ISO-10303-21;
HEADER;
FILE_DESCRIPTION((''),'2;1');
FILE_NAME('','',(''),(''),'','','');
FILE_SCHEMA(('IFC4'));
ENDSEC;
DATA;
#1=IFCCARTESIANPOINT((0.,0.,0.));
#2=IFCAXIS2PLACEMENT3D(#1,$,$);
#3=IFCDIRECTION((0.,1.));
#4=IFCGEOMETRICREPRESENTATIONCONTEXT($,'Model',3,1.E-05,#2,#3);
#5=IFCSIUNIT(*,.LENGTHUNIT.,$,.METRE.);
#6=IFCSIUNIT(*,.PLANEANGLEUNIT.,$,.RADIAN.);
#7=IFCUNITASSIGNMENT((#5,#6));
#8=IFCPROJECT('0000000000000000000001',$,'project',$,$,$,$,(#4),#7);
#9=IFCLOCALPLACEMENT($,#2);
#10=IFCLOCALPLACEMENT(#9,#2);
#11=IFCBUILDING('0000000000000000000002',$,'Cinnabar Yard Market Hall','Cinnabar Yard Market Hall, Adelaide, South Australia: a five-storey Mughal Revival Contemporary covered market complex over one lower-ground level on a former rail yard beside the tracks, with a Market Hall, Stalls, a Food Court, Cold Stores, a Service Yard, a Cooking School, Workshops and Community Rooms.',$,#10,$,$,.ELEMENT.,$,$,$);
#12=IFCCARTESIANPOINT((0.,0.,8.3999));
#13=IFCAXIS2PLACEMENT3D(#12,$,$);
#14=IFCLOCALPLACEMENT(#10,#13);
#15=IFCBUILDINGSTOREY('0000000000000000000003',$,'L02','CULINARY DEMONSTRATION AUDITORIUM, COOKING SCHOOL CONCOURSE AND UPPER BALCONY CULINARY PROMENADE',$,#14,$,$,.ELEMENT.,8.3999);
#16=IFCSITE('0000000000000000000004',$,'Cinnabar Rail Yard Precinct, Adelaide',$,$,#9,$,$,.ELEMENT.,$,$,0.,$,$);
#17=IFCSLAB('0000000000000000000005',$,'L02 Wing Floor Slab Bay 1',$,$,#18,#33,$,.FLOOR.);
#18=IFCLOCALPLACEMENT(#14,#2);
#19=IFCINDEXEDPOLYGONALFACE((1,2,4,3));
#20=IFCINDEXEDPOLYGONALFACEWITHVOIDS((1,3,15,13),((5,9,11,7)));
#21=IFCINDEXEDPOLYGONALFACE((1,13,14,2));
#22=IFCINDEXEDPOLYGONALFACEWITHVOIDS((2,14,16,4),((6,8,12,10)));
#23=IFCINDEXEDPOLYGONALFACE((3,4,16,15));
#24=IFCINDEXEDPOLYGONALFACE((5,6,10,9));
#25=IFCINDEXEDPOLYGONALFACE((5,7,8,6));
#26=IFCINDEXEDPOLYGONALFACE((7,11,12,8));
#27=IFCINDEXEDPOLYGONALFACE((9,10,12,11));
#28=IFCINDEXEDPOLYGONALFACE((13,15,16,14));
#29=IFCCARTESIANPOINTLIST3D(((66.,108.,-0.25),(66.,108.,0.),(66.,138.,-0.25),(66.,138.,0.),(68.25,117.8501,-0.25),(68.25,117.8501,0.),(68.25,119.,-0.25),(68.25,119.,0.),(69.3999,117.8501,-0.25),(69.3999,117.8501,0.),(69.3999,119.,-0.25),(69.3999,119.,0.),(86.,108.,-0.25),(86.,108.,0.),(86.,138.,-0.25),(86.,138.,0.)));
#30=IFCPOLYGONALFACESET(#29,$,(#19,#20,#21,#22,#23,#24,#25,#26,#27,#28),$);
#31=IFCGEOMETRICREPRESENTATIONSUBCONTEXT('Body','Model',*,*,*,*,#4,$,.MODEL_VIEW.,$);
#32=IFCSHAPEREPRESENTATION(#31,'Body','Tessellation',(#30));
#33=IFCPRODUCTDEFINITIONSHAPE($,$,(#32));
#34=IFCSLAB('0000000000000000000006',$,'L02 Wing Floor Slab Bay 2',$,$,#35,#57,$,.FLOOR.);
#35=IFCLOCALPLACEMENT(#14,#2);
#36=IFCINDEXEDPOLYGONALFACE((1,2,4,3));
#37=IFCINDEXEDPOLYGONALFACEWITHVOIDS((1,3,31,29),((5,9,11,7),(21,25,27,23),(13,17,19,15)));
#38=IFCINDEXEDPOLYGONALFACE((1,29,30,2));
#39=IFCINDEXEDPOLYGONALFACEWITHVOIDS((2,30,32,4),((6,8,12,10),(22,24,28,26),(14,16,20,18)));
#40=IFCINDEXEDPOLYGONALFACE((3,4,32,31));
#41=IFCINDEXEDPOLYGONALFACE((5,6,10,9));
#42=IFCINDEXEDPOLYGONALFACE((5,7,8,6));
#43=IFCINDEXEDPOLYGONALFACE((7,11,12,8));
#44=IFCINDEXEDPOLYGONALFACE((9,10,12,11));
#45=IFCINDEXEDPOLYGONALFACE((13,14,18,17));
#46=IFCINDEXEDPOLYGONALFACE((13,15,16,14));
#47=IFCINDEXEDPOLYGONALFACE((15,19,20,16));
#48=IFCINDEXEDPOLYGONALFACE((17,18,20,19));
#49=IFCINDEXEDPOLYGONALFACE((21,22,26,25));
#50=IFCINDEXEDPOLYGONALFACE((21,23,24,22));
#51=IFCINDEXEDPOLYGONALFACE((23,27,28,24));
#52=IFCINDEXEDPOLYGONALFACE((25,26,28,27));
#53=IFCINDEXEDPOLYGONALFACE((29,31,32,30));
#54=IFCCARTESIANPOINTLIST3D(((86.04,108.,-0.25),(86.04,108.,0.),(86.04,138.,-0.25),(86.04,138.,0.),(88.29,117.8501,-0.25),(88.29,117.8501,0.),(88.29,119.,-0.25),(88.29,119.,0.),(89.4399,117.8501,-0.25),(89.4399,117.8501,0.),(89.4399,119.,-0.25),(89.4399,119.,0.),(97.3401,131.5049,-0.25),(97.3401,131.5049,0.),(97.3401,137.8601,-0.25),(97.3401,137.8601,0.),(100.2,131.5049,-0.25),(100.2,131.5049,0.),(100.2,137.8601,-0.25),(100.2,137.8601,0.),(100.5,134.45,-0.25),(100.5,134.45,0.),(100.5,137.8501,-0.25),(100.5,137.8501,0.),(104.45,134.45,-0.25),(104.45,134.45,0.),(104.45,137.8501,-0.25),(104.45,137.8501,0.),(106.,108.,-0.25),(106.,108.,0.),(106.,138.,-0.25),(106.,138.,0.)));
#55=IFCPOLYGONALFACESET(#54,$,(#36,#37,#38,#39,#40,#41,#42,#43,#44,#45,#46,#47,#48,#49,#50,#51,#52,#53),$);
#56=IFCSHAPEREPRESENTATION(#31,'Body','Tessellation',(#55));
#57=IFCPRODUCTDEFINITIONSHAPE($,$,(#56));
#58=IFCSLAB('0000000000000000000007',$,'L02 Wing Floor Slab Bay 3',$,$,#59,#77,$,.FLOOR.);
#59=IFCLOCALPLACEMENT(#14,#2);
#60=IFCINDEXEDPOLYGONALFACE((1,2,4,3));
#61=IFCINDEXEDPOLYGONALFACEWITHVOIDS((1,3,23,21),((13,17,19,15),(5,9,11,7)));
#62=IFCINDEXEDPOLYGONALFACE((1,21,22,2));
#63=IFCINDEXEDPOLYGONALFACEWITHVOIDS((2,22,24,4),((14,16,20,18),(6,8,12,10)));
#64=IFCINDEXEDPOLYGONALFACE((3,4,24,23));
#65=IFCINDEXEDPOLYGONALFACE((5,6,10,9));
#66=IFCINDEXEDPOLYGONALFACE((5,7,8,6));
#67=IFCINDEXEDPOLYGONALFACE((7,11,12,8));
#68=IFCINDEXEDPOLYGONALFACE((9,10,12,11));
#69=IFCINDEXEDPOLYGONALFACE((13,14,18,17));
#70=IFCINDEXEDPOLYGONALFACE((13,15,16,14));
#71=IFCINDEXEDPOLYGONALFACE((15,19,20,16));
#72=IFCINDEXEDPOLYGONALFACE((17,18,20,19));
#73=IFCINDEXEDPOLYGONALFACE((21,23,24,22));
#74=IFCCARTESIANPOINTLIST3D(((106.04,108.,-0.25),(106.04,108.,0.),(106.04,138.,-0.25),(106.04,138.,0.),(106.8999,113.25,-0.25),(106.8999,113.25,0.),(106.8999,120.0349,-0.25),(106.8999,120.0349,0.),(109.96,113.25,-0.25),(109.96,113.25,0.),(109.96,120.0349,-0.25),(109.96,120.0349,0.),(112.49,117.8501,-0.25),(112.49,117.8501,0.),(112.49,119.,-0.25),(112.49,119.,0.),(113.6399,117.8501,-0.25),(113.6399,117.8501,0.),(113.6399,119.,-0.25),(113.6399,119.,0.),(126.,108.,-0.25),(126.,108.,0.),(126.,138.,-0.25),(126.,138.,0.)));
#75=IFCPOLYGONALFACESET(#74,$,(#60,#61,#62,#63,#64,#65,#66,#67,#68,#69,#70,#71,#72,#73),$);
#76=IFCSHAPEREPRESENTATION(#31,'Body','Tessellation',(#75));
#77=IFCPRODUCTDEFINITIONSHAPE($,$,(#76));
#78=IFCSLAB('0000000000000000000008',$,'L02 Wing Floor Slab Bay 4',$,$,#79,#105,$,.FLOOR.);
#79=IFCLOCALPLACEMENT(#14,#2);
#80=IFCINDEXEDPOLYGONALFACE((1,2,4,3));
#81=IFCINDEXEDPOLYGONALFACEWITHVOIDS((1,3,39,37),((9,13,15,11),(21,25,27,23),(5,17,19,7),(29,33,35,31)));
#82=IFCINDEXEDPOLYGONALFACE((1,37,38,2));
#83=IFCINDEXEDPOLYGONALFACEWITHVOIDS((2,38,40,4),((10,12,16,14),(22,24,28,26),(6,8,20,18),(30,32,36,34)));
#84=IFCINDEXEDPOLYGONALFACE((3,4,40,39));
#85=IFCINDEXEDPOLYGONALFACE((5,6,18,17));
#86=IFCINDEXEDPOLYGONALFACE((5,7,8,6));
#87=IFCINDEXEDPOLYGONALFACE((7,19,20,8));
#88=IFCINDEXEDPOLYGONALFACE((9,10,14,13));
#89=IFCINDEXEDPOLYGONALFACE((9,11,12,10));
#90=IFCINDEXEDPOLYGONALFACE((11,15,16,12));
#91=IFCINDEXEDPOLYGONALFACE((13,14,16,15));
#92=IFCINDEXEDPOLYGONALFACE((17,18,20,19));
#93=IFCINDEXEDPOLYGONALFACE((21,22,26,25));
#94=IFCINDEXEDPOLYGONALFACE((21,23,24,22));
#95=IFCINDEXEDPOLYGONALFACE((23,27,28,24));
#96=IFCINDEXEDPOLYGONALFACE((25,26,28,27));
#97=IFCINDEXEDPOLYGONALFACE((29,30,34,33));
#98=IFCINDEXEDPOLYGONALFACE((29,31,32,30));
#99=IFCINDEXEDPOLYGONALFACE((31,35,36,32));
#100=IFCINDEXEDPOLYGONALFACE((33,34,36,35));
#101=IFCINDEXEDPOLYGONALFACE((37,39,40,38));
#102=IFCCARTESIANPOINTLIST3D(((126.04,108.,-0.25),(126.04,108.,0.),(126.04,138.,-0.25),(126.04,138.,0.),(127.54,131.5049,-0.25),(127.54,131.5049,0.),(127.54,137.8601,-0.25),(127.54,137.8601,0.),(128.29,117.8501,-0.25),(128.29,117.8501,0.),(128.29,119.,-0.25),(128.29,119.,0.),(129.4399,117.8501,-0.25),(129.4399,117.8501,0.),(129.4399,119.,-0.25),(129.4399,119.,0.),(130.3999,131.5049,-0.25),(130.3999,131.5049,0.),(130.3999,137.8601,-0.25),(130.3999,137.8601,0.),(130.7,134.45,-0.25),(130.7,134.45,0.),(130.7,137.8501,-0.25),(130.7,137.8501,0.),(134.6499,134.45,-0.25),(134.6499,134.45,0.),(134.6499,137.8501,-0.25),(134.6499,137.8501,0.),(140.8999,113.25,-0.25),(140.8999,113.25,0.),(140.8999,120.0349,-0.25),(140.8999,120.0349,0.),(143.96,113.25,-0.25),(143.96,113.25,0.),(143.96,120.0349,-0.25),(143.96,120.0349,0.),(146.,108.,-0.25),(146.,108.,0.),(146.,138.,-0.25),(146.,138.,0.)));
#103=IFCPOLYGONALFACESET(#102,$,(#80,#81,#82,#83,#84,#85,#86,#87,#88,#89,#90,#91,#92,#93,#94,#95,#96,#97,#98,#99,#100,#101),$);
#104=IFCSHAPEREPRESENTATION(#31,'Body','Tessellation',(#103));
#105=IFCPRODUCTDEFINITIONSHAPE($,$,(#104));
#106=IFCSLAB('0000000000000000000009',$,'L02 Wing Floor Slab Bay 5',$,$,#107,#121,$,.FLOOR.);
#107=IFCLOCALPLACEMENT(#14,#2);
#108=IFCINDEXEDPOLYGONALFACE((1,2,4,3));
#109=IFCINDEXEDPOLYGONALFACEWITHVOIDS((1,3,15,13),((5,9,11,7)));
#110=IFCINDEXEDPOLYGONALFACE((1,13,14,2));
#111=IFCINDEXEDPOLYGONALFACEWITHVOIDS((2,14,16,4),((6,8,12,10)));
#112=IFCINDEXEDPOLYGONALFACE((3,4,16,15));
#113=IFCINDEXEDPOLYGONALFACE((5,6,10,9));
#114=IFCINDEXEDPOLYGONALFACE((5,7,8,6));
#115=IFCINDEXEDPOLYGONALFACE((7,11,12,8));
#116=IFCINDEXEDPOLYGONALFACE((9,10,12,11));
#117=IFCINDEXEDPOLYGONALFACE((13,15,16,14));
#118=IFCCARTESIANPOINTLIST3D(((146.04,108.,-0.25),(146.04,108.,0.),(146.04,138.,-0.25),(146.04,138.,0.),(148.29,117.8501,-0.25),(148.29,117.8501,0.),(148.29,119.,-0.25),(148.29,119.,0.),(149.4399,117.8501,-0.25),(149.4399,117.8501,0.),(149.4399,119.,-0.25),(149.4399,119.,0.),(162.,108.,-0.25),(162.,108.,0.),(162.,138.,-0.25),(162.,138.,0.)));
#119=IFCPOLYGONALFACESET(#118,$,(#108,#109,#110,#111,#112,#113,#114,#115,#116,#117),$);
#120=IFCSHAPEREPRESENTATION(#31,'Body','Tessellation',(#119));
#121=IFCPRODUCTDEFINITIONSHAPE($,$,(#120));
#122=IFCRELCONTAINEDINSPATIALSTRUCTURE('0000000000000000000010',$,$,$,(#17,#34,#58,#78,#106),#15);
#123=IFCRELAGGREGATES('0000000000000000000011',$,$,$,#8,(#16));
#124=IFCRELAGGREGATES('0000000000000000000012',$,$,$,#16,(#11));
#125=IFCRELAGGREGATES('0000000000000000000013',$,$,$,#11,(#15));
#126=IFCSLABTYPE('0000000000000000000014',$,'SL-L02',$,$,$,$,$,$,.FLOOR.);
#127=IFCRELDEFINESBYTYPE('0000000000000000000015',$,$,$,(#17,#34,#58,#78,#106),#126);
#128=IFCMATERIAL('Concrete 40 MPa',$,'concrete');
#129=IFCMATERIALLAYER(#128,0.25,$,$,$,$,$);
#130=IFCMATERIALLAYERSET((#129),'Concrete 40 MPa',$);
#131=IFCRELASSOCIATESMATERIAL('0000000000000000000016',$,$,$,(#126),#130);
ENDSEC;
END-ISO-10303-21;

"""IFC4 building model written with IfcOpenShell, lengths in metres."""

from ifc_helpers import new_model, si_unit, direction, frame, origin, place, context, subcontext, project, spatial, polyline, outline, extrude, material, layer, layer_set, type_object, element, save


model = new_model("IFC4")

# Units and contexts
model_context = context("Model", 3, precision=1e-05, world=origin(), true_north=direction((0.0, 1.0)))
body_context = subcontext(model_context, "Body", "Model", "MODEL_VIEW")
ifc_project = project(units=[si_unit("LENGTHUNIT", "METRE"), si_unit("PLANEANGLEUNIT", "RADIAN")], contexts=[model_context])

# Site, building, storey
site_placement = place(None, origin())
site = spatial("IfcSite", under=ifc_project, at=site_placement, Name="Cinnabar Rail Yard Precinct, Adelaide", CompositionType="ELEMENT", RefElevation=0.0)
building_placement = place(site_placement, origin())
building = spatial("IfcBuilding", under=site, at=building_placement, Name="Cinnabar Yard Market Hall", Description="Cinnabar Yard Market Hall, Adelaide, South Australia: a five-storey Mughal Revival Contemporary covered market complex over one lower-ground level on a former rail yard beside the tracks, with a Market Hall, Stalls, a Food Court, Cold Stores, a Service Yard, a Cooking School, Workshops and Community Rooms.", CompositionType="ELEMENT")
storey_placement = place(building_placement, frame((0.0, 0.0, 8.3999)))
storey = spatial("IfcBuildingStorey", under=building, at=storey_placement, Name="L02", Description="CULINARY DEMONSTRATION AUDITORIUM, COOKING SCHOOL CONCOURSE AND UPPER BALCONY CULINARY PROMENADE", CompositionType="ELEMENT", Elevation=8.3999)

# Slabs
ifc_material_1 = material(Name="Concrete 40 MPa", Category="concrete")
ifc_layer_1 = layer(ifc_material_1, 0.25)
ifc_layer_set_1 = layer_set([ifc_layer_1], Name="Concrete 40 MPa")
slab_type_1 = type_object("IfcSlabType", Name="SL-L02", PredefinedType="FLOOR", material=ifc_layer_set_1)
slab_1_placement = place(storey_placement, frame((0.0, 0.0, -0.25)))
element("IfcSlab", 1, at=slab_1_placement, inside=storey, type_object=slab_type_1, Name="L02 Wing Floor Slab Bay 1", PredefinedType="FLOOR", context=body_context, shape_type="SweptSolid", body=[
    extrude(outline(polyline([(66.0, 108.0), (86.0, 108.0), (86.0, 138.0), (66.0, 138.0), (66.0, 108.0)]), holes=[polyline([(68.25, 117.8501), (69.3999, 117.8501), (69.3999, 119.0), (68.25, 119.0), (68.25, 117.8501)])]), origin(), (0.0, 0.0, 1.0), 0.25),
])
slab_2_placement = place(storey_placement, frame((0.0, 0.0, -0.25)))
element("IfcSlab", 2, at=slab_2_placement, inside=storey, type_object=slab_type_1, Name="L02 Wing Floor Slab Bay 2", PredefinedType="FLOOR", context=body_context, shape_type="SweptSolid", body=[
    extrude(outline(polyline([(86.04, 108.0), (106.0, 108.0), (106.0, 138.0), (86.04, 138.0), (86.04, 108.0)]), holes=[polyline([(88.29, 117.8501), (89.4399, 117.8501), (89.4399, 119.0), (88.29, 119.0), (88.29, 117.8501)]), polyline([(100.2, 131.5049), (100.2, 137.8601), (97.3401, 137.8601), (97.3401, 131.5049), (100.2, 131.5049)]), polyline([(100.5, 134.45), (104.45, 134.45), (104.45, 137.8501), (100.5, 137.8501), (100.5, 134.45)])]), origin(), (0.0, 0.0, 1.0), 0.25),
])
slab_3_placement = place(storey_placement, frame((0.0, 0.0, -0.25)))
element("IfcSlab", 3, at=slab_3_placement, inside=storey, type_object=slab_type_1, Name="L02 Wing Floor Slab Bay 3", PredefinedType="FLOOR", context=body_context, shape_type="SweptSolid", body=[
    extrude(outline(polyline([(106.04, 108.0), (126.0, 108.0), (126.0, 138.0), (106.04, 138.0), (106.04, 108.0)]), holes=[polyline([(112.49, 117.8501), (113.6399, 117.8501), (113.6399, 119.0), (112.49, 119.0), (112.49, 117.8501)]), polyline([(106.8999, 120.0349), (106.8999, 113.25), (109.96, 113.25), (109.96, 120.0349), (106.8999, 120.0349)])]), origin(), (0.0, 0.0, 1.0), 0.25),
])
slab_4_placement = place(storey_placement, frame((0.0, 0.0, -0.25)))
element("IfcSlab", 4, at=slab_4_placement, inside=storey, type_object=slab_type_1, Name="L02 Wing Floor Slab Bay 4", PredefinedType="FLOOR", context=body_context, shape_type="SweptSolid", body=[
    extrude(outline(polyline([(126.04, 108.0), (146.0, 108.0), (146.0, 138.0), (126.04, 138.0), (126.04, 108.0)]), holes=[polyline([(128.29, 117.8501), (129.4399, 117.8501), (129.4399, 119.0), (128.29, 119.0), (128.29, 117.8501)]), polyline([(130.3999, 131.5049), (130.3999, 137.8601), (127.54, 137.8601), (127.54, 131.5049), (130.3999, 131.5049)]), polyline([(130.7, 134.45), (134.6499, 134.45), (134.6499, 137.8501), (130.7, 137.8501), (130.7, 134.45)]), polyline([(140.8999, 120.0349), (140.8999, 113.25), (143.96, 113.25), (143.96, 120.0349), (140.8999, 120.0349)])]), origin(), (0.0, 0.0, 1.0), 0.25),
])
slab_5_placement = place(storey_placement, frame((0.0, 0.0, -0.25)))
element("IfcSlab", 5, at=slab_5_placement, inside=storey, type_object=slab_type_1, Name="L02 Wing Floor Slab Bay 5", PredefinedType="FLOOR", context=body_context, shape_type="SweptSolid", body=[
    extrude(outline(polyline([(146.04, 108.0), (162.0, 108.0), (162.0, 138.0), (146.04, 138.0), (146.04, 108.0)]), holes=[polyline([(148.29, 117.8501), (149.4399, 117.8501), (149.4399, 119.0), (148.29, 119.0), (148.29, 117.8501)])]), origin(), (0.0, 0.0, 1.0), 0.25),
])

save(model, "model.ifc")
